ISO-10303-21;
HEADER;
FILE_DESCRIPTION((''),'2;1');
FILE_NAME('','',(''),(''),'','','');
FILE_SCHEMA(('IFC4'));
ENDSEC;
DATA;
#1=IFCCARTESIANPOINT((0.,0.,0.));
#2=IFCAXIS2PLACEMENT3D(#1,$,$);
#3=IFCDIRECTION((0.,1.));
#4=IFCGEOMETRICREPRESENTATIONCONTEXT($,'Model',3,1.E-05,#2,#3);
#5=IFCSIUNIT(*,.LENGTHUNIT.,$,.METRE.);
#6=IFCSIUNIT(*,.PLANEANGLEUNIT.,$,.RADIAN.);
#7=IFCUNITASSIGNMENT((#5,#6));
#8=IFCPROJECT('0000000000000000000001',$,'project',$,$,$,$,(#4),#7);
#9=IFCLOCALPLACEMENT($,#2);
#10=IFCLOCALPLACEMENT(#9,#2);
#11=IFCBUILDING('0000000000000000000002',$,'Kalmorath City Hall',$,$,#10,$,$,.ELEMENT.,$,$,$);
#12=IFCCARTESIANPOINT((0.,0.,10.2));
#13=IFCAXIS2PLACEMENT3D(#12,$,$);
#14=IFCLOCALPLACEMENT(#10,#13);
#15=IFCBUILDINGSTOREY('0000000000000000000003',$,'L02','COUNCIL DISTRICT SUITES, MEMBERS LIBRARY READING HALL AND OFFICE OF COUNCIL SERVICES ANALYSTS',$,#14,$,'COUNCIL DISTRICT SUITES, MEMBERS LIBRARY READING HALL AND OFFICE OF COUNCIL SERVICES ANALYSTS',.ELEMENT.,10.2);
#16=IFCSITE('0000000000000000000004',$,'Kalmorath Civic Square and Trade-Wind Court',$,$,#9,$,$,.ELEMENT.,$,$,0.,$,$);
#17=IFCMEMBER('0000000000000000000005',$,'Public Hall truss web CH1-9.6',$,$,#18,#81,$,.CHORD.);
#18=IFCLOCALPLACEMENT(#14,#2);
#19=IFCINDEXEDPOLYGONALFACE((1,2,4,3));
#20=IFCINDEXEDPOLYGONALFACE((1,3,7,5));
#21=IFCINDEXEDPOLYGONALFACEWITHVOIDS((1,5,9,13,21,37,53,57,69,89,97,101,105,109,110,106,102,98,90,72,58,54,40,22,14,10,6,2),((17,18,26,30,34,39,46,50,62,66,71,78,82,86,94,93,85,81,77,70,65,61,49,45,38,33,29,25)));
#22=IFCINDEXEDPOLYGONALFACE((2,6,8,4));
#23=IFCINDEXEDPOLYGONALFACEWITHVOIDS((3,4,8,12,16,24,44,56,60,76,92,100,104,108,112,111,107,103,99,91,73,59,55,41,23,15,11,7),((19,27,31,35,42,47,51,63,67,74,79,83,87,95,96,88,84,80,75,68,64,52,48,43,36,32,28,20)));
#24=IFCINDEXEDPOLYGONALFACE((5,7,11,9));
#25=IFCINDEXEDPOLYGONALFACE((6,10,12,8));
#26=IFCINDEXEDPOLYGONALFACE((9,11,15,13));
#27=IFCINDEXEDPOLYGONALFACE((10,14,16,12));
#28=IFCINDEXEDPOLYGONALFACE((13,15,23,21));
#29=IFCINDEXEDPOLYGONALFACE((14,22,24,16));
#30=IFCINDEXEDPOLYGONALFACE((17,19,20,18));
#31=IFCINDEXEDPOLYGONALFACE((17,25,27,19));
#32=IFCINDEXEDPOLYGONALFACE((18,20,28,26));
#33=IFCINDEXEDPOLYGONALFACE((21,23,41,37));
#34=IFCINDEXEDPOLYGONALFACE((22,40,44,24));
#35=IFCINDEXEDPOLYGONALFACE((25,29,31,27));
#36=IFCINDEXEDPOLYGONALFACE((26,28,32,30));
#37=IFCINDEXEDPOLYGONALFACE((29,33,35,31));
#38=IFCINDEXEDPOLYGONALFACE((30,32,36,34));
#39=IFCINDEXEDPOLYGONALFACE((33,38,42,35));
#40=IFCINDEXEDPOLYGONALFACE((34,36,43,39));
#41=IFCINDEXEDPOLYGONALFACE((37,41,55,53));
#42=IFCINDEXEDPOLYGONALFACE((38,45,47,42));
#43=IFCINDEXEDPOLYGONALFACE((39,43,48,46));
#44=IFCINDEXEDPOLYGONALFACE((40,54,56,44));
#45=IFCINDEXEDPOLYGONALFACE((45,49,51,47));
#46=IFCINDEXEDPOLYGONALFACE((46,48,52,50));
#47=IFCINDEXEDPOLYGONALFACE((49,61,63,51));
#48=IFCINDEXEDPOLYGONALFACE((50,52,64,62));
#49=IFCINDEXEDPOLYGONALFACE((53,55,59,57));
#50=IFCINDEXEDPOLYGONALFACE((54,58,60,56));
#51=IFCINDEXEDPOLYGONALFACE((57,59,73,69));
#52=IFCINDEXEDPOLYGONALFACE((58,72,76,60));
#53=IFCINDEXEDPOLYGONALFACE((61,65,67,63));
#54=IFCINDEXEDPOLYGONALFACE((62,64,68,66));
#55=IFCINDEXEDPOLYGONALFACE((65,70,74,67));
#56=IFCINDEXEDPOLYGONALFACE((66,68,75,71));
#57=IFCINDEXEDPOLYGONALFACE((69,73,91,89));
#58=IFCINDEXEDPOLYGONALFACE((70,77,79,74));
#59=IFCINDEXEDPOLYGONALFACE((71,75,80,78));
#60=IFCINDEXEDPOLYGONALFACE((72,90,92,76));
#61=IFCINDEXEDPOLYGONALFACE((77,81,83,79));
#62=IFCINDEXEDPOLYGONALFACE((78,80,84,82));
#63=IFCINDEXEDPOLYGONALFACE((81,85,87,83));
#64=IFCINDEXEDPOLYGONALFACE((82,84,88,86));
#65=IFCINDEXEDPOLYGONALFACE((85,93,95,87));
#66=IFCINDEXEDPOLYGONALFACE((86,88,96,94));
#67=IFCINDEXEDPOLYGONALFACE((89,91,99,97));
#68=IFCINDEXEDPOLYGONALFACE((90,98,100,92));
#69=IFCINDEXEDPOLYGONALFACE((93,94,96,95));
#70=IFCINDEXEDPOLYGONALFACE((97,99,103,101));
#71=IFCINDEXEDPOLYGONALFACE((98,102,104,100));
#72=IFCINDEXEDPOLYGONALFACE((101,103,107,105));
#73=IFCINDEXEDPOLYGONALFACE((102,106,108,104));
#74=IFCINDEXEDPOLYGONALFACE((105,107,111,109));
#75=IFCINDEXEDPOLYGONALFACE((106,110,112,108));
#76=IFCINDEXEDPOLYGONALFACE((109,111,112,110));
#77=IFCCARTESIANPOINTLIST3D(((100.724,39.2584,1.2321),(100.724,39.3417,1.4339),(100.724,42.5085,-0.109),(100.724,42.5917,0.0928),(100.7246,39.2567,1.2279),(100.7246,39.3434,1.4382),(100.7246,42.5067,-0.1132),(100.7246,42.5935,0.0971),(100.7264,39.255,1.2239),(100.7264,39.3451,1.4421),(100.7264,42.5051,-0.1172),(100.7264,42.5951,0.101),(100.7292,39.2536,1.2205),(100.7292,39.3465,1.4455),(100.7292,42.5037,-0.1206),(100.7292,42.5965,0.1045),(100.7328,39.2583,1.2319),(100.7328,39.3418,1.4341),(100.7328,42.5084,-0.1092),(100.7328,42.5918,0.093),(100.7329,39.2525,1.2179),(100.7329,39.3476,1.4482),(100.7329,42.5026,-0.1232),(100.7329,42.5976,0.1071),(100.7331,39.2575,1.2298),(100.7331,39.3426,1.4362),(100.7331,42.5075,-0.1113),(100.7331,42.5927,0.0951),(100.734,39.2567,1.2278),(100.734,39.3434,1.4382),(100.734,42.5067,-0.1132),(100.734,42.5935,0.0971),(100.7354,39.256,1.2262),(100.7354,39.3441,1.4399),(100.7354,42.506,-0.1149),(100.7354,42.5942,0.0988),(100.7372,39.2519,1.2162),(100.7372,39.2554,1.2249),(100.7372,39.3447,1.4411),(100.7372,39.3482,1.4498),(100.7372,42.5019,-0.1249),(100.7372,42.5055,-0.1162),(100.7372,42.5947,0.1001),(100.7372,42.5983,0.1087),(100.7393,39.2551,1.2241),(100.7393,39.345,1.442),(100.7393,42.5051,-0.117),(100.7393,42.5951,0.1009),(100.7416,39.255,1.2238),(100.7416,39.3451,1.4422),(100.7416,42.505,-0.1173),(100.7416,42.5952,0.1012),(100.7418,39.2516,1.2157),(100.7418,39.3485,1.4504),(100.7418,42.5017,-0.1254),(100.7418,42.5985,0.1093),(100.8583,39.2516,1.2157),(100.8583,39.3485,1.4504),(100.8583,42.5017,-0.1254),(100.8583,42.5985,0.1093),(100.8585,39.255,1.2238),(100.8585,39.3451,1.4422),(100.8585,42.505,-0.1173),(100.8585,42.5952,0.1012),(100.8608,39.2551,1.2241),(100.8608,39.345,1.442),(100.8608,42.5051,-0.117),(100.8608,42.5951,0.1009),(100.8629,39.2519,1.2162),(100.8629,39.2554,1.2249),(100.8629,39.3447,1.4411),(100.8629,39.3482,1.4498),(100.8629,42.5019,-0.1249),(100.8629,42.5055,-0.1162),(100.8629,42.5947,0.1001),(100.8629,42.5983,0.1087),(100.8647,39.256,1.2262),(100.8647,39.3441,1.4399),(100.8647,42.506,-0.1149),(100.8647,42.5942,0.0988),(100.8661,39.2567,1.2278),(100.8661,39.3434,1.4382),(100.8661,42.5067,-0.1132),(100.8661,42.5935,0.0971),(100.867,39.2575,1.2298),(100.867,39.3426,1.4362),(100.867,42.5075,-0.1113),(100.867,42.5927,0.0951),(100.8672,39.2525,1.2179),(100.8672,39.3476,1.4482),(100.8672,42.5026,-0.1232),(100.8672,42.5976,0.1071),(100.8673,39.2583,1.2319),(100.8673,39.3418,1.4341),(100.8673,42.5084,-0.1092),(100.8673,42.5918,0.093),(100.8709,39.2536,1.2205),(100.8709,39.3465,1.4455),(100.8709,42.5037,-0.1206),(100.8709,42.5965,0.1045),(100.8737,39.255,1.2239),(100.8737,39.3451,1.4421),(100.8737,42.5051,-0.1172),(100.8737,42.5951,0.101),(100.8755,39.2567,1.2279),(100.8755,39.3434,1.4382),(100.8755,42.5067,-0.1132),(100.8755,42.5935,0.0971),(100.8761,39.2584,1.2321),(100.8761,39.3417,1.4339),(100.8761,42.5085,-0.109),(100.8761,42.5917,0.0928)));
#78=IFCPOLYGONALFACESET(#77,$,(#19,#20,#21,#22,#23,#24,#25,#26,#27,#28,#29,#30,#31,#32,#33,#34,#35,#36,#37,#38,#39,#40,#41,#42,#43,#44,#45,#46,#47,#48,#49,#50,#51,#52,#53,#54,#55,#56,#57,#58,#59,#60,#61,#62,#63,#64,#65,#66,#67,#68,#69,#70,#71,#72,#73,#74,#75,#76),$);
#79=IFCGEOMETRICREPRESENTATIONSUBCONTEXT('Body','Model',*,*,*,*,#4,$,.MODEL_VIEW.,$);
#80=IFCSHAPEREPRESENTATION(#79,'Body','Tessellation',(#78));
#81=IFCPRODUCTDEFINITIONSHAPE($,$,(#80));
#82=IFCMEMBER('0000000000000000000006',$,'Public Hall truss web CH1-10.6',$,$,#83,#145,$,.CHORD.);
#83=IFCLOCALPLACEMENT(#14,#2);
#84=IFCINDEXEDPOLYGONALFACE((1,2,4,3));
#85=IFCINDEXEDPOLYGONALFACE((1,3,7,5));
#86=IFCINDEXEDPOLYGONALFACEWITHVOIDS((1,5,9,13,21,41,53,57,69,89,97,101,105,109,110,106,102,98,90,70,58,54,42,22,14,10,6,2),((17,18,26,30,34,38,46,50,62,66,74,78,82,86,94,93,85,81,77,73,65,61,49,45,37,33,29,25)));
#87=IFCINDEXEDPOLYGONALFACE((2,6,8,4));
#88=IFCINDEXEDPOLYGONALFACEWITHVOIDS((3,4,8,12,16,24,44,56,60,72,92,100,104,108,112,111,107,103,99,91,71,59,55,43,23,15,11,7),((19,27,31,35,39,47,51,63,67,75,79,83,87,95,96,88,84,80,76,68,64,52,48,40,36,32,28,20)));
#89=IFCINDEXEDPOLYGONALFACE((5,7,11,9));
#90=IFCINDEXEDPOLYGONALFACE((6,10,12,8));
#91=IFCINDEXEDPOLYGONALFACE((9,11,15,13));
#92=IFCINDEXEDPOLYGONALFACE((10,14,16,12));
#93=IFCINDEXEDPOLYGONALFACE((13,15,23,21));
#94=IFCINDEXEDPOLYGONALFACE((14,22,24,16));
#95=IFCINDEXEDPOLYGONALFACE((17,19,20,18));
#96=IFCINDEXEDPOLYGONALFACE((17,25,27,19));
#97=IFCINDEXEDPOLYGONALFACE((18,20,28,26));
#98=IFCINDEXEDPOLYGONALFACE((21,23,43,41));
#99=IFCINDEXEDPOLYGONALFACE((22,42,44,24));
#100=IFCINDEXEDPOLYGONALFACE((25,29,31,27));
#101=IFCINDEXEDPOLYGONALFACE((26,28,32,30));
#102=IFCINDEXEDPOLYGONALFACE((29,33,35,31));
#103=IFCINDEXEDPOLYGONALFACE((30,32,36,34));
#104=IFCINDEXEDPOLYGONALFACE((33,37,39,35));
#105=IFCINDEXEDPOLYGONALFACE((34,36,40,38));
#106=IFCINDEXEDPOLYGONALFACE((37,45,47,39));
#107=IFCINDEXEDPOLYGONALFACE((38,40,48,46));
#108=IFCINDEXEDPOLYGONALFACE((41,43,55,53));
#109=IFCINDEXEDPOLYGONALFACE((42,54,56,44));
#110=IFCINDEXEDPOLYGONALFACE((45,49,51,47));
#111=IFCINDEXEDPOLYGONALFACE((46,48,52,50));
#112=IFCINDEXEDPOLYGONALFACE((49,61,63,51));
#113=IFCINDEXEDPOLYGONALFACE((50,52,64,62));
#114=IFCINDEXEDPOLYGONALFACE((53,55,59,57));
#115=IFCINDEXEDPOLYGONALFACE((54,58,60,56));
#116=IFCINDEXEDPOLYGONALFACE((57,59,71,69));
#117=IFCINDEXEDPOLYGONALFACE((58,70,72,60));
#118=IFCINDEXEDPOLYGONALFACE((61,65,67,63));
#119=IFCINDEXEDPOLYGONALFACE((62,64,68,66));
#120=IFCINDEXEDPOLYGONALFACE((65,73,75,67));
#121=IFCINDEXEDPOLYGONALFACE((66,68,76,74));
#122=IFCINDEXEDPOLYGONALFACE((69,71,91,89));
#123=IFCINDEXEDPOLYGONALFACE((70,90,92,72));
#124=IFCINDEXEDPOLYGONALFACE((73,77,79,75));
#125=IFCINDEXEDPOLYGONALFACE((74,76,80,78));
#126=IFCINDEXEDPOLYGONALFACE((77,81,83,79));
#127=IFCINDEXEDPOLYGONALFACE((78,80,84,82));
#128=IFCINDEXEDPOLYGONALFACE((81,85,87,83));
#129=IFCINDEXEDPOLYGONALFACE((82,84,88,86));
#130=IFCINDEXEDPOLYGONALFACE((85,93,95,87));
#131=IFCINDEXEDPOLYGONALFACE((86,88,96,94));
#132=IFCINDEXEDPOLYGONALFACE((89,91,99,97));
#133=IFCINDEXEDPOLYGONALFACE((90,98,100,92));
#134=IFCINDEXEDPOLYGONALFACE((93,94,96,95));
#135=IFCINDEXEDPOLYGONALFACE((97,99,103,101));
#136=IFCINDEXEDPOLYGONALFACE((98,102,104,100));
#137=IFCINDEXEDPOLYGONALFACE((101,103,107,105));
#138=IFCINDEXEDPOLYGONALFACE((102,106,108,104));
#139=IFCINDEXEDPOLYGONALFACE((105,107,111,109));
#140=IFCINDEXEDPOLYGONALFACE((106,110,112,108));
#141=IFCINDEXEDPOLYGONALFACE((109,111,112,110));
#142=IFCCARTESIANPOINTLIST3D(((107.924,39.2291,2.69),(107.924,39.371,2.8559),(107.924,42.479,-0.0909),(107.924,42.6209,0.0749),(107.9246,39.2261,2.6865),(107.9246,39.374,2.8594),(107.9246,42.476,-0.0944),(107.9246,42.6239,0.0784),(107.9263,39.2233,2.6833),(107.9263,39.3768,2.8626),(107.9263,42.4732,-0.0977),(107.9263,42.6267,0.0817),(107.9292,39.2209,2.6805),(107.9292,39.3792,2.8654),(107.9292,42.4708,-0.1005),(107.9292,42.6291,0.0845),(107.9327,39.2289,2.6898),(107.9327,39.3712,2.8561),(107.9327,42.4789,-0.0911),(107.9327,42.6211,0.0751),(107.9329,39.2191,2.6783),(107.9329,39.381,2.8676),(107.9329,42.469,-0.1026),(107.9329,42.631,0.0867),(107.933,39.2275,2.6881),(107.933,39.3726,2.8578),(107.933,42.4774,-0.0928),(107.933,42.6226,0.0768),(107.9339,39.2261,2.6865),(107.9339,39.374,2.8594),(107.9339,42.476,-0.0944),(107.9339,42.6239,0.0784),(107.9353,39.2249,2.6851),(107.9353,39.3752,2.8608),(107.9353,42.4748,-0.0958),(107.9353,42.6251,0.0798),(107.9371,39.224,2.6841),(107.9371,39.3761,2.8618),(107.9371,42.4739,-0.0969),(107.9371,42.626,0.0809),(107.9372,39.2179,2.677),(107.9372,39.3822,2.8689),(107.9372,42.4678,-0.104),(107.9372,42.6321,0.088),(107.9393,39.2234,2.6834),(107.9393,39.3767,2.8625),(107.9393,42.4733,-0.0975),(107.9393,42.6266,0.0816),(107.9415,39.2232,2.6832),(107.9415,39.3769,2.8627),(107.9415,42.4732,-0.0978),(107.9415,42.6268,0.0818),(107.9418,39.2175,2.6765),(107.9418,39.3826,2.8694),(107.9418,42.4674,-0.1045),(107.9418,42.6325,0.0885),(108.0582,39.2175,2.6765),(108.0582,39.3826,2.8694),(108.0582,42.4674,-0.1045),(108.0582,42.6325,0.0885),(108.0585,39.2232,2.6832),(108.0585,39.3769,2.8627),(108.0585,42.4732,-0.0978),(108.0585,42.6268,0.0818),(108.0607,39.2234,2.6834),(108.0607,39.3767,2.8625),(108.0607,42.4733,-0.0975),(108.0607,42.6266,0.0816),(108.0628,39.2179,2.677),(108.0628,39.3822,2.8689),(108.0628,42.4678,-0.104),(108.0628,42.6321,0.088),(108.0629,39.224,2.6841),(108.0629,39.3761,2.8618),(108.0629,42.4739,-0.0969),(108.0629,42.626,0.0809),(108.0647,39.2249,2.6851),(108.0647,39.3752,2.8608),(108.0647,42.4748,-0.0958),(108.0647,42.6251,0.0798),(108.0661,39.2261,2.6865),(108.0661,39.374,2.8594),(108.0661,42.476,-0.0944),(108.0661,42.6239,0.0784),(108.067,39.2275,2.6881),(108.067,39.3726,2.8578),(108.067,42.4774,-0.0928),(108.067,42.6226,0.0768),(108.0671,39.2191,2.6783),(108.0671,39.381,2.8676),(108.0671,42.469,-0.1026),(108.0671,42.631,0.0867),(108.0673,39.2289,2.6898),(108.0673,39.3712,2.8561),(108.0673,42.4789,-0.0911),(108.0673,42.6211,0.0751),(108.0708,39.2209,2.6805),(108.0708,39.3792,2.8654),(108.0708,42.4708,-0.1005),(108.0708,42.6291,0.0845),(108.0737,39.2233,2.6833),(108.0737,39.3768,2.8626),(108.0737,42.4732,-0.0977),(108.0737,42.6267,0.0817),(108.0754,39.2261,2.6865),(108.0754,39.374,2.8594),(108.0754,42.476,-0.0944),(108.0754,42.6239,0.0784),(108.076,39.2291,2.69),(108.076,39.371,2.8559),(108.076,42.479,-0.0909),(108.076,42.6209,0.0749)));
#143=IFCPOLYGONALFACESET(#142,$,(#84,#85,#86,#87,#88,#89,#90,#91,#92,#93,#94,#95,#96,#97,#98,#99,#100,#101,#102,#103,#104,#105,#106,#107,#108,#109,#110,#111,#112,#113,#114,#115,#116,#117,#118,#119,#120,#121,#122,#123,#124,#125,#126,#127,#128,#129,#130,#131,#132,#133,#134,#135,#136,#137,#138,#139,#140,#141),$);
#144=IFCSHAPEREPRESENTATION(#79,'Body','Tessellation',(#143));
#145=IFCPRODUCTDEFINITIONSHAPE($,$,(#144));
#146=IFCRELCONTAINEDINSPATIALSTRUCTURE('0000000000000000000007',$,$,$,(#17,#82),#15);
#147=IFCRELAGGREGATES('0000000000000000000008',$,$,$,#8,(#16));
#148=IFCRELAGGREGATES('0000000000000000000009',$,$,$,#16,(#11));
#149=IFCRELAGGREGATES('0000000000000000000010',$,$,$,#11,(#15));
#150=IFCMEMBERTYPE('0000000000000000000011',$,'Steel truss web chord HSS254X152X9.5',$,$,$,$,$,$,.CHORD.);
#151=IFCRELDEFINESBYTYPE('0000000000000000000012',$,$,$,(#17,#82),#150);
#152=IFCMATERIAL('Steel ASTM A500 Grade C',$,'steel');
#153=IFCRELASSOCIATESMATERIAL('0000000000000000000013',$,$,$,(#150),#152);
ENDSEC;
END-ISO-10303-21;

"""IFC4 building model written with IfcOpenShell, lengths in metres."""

from ifc_helpers import new_model, si_unit, direction, frame, origin, origin_2d, place, context, subcontext, project, spatial, hollow_rectangle, extrude, material, material_profile, profile_set, type_object, element, save


model = new_model("IFC4")

# Units and contexts
model_context = context("Model", 3, precision=1e-05, world=origin(), true_north=direction((0.0, 1.0)))
body_context = subcontext(model_context, "Body", "Model", "MODEL_VIEW")
ifc_project = project(units=[si_unit("LENGTHUNIT", "METRE"), si_unit("PLANEANGLEUNIT", "RADIAN")], contexts=[model_context])

# Site, building, storey
site_placement = place(None, origin())
site = spatial("IfcSite", under=ifc_project, at=site_placement, Name="Kalmorath Civic Square and Trade-Wind Court", CompositionType="ELEMENT", RefElevation=0.0)
building_placement = place(site_placement, origin())
building = spatial("IfcBuilding", under=site, at=building_placement, Name="Kalmorath City Hall", CompositionType="ELEMENT")
storey_placement = place(building_placement, frame((0.0, 0.0, 10.2)))
storey = spatial("IfcBuildingStorey", under=building, at=storey_placement, Name="L02", Description="COUNCIL DISTRICT SUITES, MEMBERS LIBRARY READING HALL AND OFFICE OF COUNCIL SERVICES ANALYSTS", LongName="COUNCIL DISTRICT SUITES, MEMBERS LIBRARY READING HALL AND OFFICE OF COUNCIL SERVICES ANALYSTS", CompositionType="ELEMENT", Elevation=10.2)

# Members
ifc_material_1 = material(Name="Steel ASTM A500 Grade C", Category="steel")
ifc_material_profile_1 = material_profile(ifc_material_1, hollow_rectangle(XDim=0.1521, YDim=0.2539, WallThickness=0.0088, InnerFilletRadius=0.0088, OuterFilletRadius=0.0178, at=origin_2d()), Name="HSS254X152X9.5")
ifc_profile_set_1 = profile_set([ifc_material_profile_1], Name="Steel ASTM A500 Grade C")
member_type_1 = type_object("IfcMemberType", Name="Steel truss web chord HSS254X152X9.5", PredefinedType="CHORD", material=ifc_profile_set_1)
member_1_placement = place(storey_placement, frame((100.8, 39.3, 1.333), z_axis=(0.0, 0.924395, -0.381438), x_axis=(-1.0, 0.0, 0.0)))
element("IfcMember", 1, at=member_1_placement, inside=storey, type_object=member_type_1, Name="Public Hall truss web CH1-9.6", PredefinedType="CHORD", context=body_context, shape_type="SweptSolid", body=[
    extrude(hollow_rectangle(XDim=0.1521, YDim=0.2539, WallThickness=0.0088, InnerFilletRadius=0.0088, OuterFilletRadius=0.0178, at=origin_2d()), origin(), (0.0, 0.0, 1.0), 3.5159),
])
member_2_placement = place(storey_placement, frame((108.0, 39.3, 2.7729), z_axis=(0.0, 0.7598, -0.650157), x_axis=(-1.0, 0.0, 0.0)))
element("IfcMember", 2, at=member_2_placement, inside=storey, type_object=member_type_1, Name="Public Hall truss web CH1-10.6", PredefinedType="CHORD", context=body_context, shape_type="SweptSolid", body=[
    extrude(hollow_rectangle(XDim=0.1521, YDim=0.2539, WallThickness=0.0088, InnerFilletRadius=0.0088, OuterFilletRadius=0.0178, at=origin_2d()), origin(), (0.0, 0.0, 1.0), 4.2773),
])

save(model, "model.ifc")
